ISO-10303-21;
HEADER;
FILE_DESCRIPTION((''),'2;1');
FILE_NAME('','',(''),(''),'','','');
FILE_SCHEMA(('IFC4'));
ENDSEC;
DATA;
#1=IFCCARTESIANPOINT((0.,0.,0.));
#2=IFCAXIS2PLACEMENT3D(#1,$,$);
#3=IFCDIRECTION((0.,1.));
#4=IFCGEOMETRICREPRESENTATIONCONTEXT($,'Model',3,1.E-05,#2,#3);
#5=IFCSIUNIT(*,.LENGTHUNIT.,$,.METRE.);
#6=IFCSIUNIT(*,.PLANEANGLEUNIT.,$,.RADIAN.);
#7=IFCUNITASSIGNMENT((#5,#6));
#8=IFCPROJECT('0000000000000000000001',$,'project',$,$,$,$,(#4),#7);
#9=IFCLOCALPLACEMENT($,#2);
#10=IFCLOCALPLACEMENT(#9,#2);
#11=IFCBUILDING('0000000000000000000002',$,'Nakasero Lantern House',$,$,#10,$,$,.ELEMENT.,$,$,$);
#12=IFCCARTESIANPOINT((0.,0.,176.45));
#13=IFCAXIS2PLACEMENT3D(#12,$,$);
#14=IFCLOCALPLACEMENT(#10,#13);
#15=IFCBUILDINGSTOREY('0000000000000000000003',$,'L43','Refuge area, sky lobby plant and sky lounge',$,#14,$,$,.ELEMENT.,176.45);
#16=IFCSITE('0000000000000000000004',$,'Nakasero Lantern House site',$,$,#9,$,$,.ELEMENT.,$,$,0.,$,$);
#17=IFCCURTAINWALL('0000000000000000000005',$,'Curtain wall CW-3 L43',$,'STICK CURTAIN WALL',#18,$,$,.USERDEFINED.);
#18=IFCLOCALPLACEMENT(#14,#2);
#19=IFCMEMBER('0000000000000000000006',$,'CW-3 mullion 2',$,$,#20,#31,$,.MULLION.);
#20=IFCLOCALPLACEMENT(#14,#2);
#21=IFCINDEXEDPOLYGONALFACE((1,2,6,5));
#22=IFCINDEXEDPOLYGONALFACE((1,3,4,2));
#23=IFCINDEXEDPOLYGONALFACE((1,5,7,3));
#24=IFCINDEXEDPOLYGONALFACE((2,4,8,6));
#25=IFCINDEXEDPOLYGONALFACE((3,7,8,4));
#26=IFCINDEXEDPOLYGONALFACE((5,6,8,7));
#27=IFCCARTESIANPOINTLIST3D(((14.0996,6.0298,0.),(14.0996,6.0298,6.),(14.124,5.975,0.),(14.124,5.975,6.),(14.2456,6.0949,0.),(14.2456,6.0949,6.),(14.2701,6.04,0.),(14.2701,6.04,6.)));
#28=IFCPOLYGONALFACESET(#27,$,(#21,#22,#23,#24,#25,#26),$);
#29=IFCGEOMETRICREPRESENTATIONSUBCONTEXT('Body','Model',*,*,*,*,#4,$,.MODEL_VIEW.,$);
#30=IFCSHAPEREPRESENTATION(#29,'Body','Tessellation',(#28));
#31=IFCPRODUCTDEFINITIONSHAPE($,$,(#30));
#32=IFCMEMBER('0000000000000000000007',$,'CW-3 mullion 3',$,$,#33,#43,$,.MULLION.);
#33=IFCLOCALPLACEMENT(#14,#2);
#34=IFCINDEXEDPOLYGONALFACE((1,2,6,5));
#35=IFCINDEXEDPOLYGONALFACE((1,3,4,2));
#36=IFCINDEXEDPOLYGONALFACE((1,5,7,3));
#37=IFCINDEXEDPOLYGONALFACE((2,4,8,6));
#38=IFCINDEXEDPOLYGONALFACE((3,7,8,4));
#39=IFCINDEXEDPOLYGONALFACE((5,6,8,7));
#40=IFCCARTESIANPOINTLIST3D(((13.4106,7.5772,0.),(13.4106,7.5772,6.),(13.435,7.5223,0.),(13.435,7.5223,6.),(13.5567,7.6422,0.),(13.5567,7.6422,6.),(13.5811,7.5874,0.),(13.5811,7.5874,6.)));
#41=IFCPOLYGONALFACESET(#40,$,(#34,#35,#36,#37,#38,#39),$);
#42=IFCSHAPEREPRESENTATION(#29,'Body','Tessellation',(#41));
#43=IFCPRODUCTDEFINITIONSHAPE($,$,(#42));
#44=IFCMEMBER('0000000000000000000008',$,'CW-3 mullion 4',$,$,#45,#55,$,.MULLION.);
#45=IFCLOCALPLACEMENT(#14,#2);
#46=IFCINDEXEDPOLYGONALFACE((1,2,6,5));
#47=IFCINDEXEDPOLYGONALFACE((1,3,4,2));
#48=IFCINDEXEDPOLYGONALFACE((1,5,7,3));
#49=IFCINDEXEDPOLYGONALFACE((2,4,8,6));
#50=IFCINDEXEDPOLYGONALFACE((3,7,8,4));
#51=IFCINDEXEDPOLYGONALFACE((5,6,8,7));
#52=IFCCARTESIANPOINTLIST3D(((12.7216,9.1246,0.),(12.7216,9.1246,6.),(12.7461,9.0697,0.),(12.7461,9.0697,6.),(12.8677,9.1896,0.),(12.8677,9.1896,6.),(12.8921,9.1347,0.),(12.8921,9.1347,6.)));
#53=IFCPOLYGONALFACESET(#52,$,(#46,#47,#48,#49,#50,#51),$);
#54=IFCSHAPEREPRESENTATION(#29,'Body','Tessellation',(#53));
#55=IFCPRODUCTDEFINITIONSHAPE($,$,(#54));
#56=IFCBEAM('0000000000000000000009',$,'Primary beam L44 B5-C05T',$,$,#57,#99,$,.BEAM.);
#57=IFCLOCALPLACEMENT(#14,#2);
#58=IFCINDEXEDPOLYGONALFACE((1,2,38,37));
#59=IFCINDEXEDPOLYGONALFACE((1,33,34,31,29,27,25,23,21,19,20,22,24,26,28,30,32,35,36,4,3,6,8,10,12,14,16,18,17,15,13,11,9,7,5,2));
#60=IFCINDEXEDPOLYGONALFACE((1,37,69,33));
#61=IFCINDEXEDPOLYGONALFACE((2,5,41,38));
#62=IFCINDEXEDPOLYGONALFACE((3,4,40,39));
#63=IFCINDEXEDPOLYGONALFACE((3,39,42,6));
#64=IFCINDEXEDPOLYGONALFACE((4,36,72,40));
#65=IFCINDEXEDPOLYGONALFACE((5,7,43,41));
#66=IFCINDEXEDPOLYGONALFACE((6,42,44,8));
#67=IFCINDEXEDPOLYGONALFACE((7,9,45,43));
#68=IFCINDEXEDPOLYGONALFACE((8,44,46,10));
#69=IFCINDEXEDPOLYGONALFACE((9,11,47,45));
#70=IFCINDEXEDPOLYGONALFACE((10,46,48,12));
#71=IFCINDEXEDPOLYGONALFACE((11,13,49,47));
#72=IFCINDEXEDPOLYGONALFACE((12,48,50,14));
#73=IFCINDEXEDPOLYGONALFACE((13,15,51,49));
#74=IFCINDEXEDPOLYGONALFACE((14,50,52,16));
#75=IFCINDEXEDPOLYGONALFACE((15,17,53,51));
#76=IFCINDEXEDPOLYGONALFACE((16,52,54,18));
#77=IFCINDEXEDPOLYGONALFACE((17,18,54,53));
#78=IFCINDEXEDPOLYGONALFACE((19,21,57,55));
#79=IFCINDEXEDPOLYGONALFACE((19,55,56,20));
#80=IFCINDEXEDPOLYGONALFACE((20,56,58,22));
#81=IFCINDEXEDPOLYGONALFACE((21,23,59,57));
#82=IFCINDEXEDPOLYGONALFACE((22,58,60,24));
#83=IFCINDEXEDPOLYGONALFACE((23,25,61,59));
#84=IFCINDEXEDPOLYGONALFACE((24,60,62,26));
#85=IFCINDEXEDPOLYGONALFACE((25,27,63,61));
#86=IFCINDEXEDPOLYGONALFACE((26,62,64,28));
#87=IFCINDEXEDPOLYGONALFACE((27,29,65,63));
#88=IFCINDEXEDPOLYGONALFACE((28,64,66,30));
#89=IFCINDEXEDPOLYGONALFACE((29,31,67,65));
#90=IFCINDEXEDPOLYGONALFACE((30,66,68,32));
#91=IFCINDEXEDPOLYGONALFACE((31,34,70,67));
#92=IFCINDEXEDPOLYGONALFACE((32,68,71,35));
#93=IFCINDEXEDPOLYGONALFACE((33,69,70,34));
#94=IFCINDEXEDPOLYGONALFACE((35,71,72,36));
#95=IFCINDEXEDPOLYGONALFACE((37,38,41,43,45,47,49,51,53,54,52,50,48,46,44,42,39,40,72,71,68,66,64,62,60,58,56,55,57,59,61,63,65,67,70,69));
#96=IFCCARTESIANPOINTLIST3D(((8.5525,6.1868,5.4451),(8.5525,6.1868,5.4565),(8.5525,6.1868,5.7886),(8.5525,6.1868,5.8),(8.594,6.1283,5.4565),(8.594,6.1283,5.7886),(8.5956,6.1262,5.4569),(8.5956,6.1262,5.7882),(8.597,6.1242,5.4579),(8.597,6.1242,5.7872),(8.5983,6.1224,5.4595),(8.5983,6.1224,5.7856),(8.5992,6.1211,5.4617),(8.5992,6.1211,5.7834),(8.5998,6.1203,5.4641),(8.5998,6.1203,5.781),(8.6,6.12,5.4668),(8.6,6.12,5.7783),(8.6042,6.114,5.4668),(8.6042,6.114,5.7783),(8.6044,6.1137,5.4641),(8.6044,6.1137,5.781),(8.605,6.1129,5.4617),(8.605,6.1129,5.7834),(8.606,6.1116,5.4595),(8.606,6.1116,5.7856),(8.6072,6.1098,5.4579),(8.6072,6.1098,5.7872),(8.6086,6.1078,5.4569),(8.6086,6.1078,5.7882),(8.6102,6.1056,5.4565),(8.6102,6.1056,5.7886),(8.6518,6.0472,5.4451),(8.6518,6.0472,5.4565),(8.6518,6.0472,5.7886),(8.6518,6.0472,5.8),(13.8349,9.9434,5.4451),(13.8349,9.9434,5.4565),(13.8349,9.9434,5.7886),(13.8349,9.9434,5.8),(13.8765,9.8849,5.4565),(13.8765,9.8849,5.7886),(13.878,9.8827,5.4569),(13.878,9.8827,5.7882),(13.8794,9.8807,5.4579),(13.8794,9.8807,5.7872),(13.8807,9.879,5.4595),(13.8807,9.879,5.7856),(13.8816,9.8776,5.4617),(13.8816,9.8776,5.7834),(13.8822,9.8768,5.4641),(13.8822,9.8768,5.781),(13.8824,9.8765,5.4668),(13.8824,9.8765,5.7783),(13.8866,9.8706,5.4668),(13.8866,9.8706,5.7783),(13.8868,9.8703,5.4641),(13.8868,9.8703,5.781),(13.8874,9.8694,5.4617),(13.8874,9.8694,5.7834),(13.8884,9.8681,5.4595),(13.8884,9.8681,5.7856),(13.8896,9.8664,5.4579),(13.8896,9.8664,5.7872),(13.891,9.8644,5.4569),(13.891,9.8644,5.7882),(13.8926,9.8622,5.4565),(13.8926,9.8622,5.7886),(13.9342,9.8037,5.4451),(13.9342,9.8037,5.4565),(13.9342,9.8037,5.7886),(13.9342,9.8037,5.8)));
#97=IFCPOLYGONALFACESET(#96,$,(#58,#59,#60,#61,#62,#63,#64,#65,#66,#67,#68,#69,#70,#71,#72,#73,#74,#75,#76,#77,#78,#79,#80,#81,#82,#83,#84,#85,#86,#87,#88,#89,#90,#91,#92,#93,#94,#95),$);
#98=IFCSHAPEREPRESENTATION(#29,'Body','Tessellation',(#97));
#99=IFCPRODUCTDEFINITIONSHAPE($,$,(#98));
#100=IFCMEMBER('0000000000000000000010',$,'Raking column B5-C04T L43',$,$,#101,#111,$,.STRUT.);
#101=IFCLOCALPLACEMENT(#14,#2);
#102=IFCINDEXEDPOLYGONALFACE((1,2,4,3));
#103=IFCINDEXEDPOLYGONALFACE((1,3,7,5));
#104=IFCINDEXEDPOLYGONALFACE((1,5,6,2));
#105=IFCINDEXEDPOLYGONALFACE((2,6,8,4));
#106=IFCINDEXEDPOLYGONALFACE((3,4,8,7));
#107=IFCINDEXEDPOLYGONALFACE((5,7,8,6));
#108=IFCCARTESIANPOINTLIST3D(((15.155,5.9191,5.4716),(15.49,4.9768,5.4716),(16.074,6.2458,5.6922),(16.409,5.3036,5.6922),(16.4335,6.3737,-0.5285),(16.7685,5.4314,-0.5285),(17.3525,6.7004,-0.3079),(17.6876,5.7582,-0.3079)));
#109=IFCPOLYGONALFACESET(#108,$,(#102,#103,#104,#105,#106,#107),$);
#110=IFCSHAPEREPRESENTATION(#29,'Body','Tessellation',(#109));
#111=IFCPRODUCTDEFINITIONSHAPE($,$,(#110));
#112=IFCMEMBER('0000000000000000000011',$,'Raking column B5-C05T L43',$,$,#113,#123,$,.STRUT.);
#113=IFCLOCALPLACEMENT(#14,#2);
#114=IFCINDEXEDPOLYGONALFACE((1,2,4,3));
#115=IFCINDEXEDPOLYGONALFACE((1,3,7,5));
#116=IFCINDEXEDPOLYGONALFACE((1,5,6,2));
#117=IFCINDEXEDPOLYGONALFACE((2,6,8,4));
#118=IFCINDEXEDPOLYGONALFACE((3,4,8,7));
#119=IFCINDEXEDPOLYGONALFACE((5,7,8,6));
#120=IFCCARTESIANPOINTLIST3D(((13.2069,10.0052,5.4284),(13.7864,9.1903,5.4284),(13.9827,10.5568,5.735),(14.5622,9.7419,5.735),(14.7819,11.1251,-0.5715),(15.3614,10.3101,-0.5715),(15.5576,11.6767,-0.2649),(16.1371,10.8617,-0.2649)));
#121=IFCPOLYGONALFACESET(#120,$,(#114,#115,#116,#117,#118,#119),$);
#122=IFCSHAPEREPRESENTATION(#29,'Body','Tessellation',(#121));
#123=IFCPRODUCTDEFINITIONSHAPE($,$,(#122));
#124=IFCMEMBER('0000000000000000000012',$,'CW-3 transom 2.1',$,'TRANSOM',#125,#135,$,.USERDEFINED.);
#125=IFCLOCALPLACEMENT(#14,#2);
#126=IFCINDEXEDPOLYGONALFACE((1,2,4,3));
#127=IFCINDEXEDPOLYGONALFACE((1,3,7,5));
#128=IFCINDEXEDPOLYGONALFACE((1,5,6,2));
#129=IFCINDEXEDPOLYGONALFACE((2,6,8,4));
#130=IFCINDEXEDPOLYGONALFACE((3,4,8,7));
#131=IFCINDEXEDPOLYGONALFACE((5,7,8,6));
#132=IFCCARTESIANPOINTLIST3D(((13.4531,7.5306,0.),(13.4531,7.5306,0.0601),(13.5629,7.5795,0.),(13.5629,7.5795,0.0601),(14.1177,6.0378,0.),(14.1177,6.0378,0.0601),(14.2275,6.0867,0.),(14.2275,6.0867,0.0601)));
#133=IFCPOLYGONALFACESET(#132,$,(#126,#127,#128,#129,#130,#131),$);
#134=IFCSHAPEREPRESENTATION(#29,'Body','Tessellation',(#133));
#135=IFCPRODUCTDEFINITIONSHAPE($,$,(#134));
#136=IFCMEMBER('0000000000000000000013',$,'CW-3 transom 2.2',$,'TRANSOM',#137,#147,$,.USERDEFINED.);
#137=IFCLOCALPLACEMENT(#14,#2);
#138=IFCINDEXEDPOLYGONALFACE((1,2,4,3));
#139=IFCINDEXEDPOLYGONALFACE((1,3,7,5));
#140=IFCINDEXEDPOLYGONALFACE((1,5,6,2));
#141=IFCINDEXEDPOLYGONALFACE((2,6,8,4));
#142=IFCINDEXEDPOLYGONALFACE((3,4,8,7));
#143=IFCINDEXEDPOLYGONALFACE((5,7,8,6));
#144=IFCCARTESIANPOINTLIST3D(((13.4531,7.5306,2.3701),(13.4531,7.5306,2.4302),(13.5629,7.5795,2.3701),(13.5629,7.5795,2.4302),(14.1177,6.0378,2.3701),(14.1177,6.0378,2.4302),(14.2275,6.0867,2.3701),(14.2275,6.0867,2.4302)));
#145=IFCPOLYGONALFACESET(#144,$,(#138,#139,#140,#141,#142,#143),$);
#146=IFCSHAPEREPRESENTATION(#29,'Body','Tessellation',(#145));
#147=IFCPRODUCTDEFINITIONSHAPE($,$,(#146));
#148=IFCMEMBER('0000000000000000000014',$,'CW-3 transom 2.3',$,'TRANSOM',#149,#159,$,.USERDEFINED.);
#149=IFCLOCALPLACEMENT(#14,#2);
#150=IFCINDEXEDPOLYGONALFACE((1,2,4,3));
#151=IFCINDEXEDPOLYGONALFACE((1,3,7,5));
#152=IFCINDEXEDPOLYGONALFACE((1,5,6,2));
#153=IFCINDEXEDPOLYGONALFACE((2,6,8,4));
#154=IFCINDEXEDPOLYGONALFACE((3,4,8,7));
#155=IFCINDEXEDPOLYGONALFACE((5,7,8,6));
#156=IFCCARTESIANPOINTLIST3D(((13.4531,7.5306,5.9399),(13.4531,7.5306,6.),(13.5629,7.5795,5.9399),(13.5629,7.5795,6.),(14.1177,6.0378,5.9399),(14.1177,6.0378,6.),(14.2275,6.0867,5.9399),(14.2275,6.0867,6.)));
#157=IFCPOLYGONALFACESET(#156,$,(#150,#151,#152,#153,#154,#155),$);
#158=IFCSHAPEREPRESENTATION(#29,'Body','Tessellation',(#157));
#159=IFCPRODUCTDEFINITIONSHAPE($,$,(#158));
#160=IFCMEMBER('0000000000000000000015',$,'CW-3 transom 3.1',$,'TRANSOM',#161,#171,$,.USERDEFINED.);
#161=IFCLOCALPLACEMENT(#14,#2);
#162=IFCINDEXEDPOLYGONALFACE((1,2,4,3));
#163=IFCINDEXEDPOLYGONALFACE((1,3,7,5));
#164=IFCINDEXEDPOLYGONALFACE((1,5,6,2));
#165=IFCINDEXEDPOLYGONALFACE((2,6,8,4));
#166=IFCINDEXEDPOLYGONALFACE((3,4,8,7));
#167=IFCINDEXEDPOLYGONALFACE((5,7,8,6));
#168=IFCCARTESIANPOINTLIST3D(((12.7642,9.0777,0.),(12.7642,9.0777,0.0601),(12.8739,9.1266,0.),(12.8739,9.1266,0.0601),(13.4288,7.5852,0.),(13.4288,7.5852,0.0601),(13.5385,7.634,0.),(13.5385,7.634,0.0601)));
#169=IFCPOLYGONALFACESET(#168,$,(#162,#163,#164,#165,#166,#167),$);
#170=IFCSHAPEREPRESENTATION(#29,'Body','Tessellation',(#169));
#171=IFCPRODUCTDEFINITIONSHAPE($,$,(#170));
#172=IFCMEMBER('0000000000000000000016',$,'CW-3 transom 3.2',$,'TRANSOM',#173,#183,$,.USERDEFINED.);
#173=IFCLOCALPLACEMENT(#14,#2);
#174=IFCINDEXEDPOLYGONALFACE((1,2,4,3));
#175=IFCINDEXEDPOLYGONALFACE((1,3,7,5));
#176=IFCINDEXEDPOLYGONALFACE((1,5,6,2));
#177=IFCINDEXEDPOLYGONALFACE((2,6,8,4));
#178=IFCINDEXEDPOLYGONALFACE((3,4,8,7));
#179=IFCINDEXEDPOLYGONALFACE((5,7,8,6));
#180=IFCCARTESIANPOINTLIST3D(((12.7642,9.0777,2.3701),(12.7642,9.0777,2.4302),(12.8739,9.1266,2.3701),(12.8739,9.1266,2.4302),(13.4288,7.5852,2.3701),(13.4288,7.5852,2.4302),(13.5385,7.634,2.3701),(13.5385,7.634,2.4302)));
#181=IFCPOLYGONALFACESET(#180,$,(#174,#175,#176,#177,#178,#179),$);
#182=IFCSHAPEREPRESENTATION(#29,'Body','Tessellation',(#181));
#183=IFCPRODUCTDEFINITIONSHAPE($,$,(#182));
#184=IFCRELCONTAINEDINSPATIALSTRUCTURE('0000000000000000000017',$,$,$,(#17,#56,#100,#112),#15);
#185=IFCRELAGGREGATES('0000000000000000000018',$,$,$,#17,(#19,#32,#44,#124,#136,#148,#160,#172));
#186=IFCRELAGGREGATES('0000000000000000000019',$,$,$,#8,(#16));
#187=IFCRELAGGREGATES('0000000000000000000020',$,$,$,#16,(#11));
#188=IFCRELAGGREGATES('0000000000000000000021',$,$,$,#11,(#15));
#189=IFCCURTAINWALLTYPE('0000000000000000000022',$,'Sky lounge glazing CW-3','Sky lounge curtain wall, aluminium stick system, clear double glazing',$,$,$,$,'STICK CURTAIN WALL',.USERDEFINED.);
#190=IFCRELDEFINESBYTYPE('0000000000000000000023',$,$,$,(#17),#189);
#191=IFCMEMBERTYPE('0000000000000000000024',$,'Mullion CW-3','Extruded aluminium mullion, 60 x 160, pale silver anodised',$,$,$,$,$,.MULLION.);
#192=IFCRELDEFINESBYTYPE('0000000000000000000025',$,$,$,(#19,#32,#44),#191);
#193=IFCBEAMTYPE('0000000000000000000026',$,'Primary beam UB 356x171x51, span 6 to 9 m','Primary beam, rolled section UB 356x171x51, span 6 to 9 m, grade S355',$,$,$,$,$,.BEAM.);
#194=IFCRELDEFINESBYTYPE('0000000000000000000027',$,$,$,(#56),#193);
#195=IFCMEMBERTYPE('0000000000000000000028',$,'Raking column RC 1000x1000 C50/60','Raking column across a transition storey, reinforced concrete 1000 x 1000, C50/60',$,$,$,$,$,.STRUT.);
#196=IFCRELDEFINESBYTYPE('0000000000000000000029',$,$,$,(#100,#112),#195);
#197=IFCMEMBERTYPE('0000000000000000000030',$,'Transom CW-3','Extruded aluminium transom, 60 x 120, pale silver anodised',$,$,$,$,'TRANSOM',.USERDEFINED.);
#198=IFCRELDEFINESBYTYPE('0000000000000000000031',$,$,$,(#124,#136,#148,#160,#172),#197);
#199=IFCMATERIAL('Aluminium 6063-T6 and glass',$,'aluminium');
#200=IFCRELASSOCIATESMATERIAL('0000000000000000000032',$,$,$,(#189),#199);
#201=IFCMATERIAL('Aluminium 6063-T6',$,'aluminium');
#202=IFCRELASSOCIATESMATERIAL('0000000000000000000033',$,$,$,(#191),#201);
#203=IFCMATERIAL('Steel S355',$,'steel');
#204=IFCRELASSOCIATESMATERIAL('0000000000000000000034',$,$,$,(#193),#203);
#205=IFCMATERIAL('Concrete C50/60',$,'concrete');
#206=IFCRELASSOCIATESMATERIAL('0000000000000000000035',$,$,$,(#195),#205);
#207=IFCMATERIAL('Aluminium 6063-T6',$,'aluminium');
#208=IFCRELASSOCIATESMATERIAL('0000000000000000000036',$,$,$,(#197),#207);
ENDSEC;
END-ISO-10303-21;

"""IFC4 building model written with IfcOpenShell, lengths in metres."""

from ifc_helpers import new_model, si_unit, direction, frame, origin, origin_2d, place, context, subcontext, project, spatial, rectangle, i_section, extrude, material, material_profile, profile_set, type_object, element, aggregate, save


model = new_model("IFC4")

# Units and contexts
model_context = context("Model", 3, precision=1e-05, world=origin(), true_north=direction((0.0, 1.0)))
body_context = subcontext(model_context, "Body", "Model", "MODEL_VIEW")
ifc_project = project(units=[si_unit("LENGTHUNIT", "METRE"), si_unit("PLANEANGLEUNIT", "RADIAN")], contexts=[model_context])

# Site, building, storey
site_placement = place(None, origin())
site = spatial("IfcSite", under=ifc_project, at=site_placement, Name="Nakasero Lantern House site", CompositionType="ELEMENT", RefElevation=0.0)
building_placement = place(site_placement, origin())
building = spatial("IfcBuilding", under=site, at=building_placement, Name="Nakasero Lantern House", CompositionType="ELEMENT")
storey_placement = place(building_placement, frame((0.0, 0.0, 176.45)))
storey = spatial("IfcBuildingStorey", under=building, at=storey_placement, Name="L43", Description="Refuge area, sky lobby plant and sky lounge", CompositionType="ELEMENT", Elevation=176.45)

# Curtain wall, members
ifc_material_1 = material(Name="Aluminium 6063-T6 and glass", Category="aluminium")
curtain_wall_type = type_object("IfcCurtainWallType", Name="Sky lounge glazing CW-3", Description="Sky lounge curtain wall, aluminium stick system, clear double glazing", ElementType="STICK CURTAIN WALL", PredefinedType="USERDEFINED", material=ifc_material_1)
curtain_wall_placement = place(storey_placement, origin())
curtain_wall = element("IfcCurtainWall", 1, at=curtain_wall_placement, inside=storey, type_object=curtain_wall_type, Name="Curtain wall CW-3 L43", ObjectType="STICK CURTAIN WALL", PredefinedType="USERDEFINED")
ifc_material_2 = material(Name="Aluminium 6063-T6", Category="aluminium")
ifc_material_profile_1 = material_profile(ifc_material_2, rectangle(XDim=0.0601, YDim=0.1599, at=origin_2d()), Name="CW-3 mullion 60x160")
ifc_profile_set_1 = profile_set([ifc_material_profile_1], Name="Aluminium 6063-T6")
member_type_1 = type_object("IfcMemberType", Name="Mullion CW-3", Description="Extruded aluminium mullion, 60 x 160, pale silver anodised", PredefinedType="MULLION", material=ifc_profile_set_1)
member_1_placement = place(storey_placement, frame((14.1848, 6.0349, 0.0), z_axis=(0.0, 0.0, 1.0), x_axis=(-0.406737, 0.913545, 0.0)))
member_1 = element("IfcMember", 2, at=member_1_placement, type_object=member_type_1, Name="CW-3 mullion 2", PredefinedType="MULLION", context=body_context, shape_type="SweptSolid", body=[
    extrude(rectangle(XDim=0.0601, YDim=0.1599, at=origin_2d()), origin(), (0.0, 0.0, 1.0), 6.0),
])
member_2_placement = place(storey_placement, frame((13.4958, 7.5823, 0.0), z_axis=(0.0, 0.0, 1.0), x_axis=(-0.406737, 0.913545, 0.0)))
member_2 = element("IfcMember", 3, at=member_2_placement, type_object=member_type_1, Name="CW-3 mullion 3", PredefinedType="MULLION", context=body_context, shape_type="SweptSolid", body=[
    extrude(rectangle(XDim=0.0601, YDim=0.1599, at=origin_2d()), origin(), (0.0, 0.0, 1.0), 6.0),
])
member_3_placement = place(storey_placement, frame((12.8069, 9.1296, 0.0), z_axis=(0.0, 0.0, 1.0), x_axis=(-0.406737, 0.913545, 0.0)))
member_3 = element("IfcMember", 4, at=member_3_placement, type_object=member_type_1, Name="CW-3 mullion 4", PredefinedType="MULLION", context=body_context, shape_type="SweptSolid", body=[
    extrude(rectangle(XDim=0.0601, YDim=0.1599, at=origin_2d()), origin(), (0.0, 0.0, 1.0), 6.0),
])

# Beam
ifc_material_3 = material(Name="Steel S355", Category="steel")
ifc_material_profile_2 = material_profile(ifc_material_3, i_section(OverallWidth=0.1714, OverallDepth=0.355, WebThickness=0.0073, FlangeThickness=0.0115, FilletRadius=0.0103, at=origin_2d()), Name="UB 356x171x51")
ifc_profile_set_2 = profile_set([ifc_material_profile_2], Name="Steel S355")
beam_type = type_object("IfcBeamType", Name="Primary beam UB 356x171x51, span 6 to 9 m", Description="Primary beam, rolled section UB 356x171x51, span 6 to 9 m, grade S355", PredefinedType="BEAM", material=ifc_profile_set_2)
beam_placement = place(storey_placement, frame((13.8845, 9.8735, 5.6226), z_axis=(-0.814943, -0.579541, 0.0), x_axis=(0.579541, -0.814943, 0.0)))
element("IfcBeam", 5, at=beam_placement, inside=storey, type_object=beam_type, Name="Primary beam L44 B5-C05T", PredefinedType="BEAM", context=body_context, shape_type="SweptSolid", body=[
    extrude(i_section(OverallWidth=0.1714, OverallDepth=0.355, WebThickness=0.0073, FlangeThickness=0.0115, FilletRadius=0.0103, at=origin_2d()), origin(), (0.0, 0.0, 1.0), 6.4819),
])

# Members
ifc_material_4 = material(Name="Concrete C50/60", Category="concrete")
ifc_material_profile_3 = material_profile(ifc_material_4, rectangle(XDim=1.0, YDim=1.0, at=origin_2d()), Name="RC 1000x1000")
ifc_profile_set_3 = profile_set([ifc_material_profile_3], Name="Concrete C50/60")
member_type_2 = type_object("IfcMemberType", Name="Raking column RC 1000x1000 C50/60", Description="Raking column across a transition storey, reinforced concrete 1000 x 1000, C50/60", PredefinedType="STRUT", material=ifc_profile_set_3)
member_4_placement = place(storey_placement, frame((17.0605, 6.0659, -0.4182), z_axis=(-0.207845, -0.073899, 0.975366), x_axis=(0.335003, -0.942217, 0.0)))
element("IfcMember", 6, at=member_4_placement, inside=storey, type_object=member_type_2, Name="Raking column B5-C04T L43", PredefinedType="STRUT", context=body_context, shape_type="SweptSolid", body=[
    extrude(rectangle(XDim=1.0, YDim=1.0, at=origin_2d()), origin(), (0.0, 0.0, 1.0), 6.1516),
])
member_5_placement = place(storey_placement, frame((15.4595, 10.9934, -0.4182), z_axis=(-0.249852, -0.177658, 0.951846), x_axis=(0.579492, -0.814978, 0.0)))
element("IfcMember", 7, at=member_5_placement, inside=storey, type_object=member_type_2, Name="Raking column B5-C05T L43", PredefinedType="STRUT", context=body_context, shape_type="SweptSolid", body=[
    extrude(rectangle(XDim=1.0, YDim=1.0, at=origin_2d()), origin(), (0.0, 0.0, 1.0), 6.3035),
])

# Members
ifc_material_5 = material(Name="Aluminium 6063-T6", Category="aluminium")
ifc_material_profile_4 = material_profile(ifc_material_5, rectangle(XDim=0.0601, YDim=0.1201, at=origin_2d()), Name="CW-3 transom 60x120")
ifc_profile_set_4 = profile_set([ifc_material_profile_4], Name="Aluminium 6063-T6")
member_type_3 = type_object("IfcMemberType", Name="Transom CW-3", Description="Extruded aluminium transom, 60 x 120, pale silver anodised", ElementType="TRANSOM", PredefinedType="USERDEFINED", material=ifc_profile_set_4)
member_6_placement = place(storey_placement, frame((14.1726, 6.0623, 0.03), z_axis=(-0.406721, 0.913553, 0.0), x_axis=(0.0, 0.0, 1.0)))
member_6 = element("IfcMember", 8, at=member_6_placement, type_object=member_type_3, Name="CW-3 transom 2.1", ObjectType="TRANSOM", PredefinedType="USERDEFINED", context=body_context, shape_type="SweptSolid", body=[
    extrude(rectangle(XDim=0.0601, YDim=0.1201, at=origin_2d()), origin(), (0.0, 0.0, 1.0), 1.634),
])
member_7_placement = place(storey_placement, frame((14.1726, 6.0623, 2.4001), z_axis=(-0.406721, 0.913553, 0.0), x_axis=(0.0, 0.0, 1.0)))
member_7 = element("IfcMember", 9, at=member_7_placement, type_object=member_type_3, Name="CW-3 transom 2.2", ObjectType="TRANSOM", PredefinedType="USERDEFINED", context=body_context, shape_type="SweptSolid", body=[
    extrude(rectangle(XDim=0.0601, YDim=0.1201, at=origin_2d()), origin(), (0.0, 0.0, 1.0), 1.634),
])
member_8_placement = place(storey_placement, frame((14.1726, 6.0623, 5.97), z_axis=(-0.406721, 0.913553, 0.0), x_axis=(0.0, 0.0, 1.0)))
member_8 = element("IfcMember", 10, at=member_8_placement, type_object=member_type_3, Name="CW-3 transom 2.3", ObjectType="TRANSOM", PredefinedType="USERDEFINED", context=body_context, shape_type="SweptSolid", body=[
    extrude(rectangle(XDim=0.0601, YDim=0.1201, at=origin_2d()), origin(), (0.0, 0.0, 1.0), 1.634),
])
member_9_placement = place(storey_placement, frame((13.4836, 7.6096, 0.03), z_axis=(-0.406776, 0.913528, 0.0), x_axis=(0.0, 0.0, 1.0)))
member_9 = element("IfcMember", 11, at=member_9_placement, type_object=member_type_3, Name="CW-3 transom 3.1", ObjectType="TRANSOM", PredefinedType="USERDEFINED", context=body_context, shape_type="SweptSolid", body=[
    extrude(rectangle(XDim=0.0601, YDim=0.1201, at=origin_2d()), origin(), (0.0, 0.0, 1.0), 1.6338),
])
member_10_placement = place(storey_placement, frame((13.4836, 7.6096, 2.4001), z_axis=(-0.406776, 0.913528, 0.0), x_axis=(0.0, 0.0, 1.0)))
member_10 = element("IfcMember", 12, at=member_10_placement, type_object=member_type_3, Name="CW-3 transom 3.2", ObjectType="TRANSOM", PredefinedType="USERDEFINED", context=body_context, shape_type="SweptSolid", body=[
    extrude(rectangle(XDim=0.0601, YDim=0.1201, at=origin_2d()), origin(), (0.0, 0.0, 1.0), 1.6338),
])

aggregate(curtain_wall, [member_1, member_2, member_3, member_6, member_7, member_8, member_9, member_10])

save(model, "model.ifc")
